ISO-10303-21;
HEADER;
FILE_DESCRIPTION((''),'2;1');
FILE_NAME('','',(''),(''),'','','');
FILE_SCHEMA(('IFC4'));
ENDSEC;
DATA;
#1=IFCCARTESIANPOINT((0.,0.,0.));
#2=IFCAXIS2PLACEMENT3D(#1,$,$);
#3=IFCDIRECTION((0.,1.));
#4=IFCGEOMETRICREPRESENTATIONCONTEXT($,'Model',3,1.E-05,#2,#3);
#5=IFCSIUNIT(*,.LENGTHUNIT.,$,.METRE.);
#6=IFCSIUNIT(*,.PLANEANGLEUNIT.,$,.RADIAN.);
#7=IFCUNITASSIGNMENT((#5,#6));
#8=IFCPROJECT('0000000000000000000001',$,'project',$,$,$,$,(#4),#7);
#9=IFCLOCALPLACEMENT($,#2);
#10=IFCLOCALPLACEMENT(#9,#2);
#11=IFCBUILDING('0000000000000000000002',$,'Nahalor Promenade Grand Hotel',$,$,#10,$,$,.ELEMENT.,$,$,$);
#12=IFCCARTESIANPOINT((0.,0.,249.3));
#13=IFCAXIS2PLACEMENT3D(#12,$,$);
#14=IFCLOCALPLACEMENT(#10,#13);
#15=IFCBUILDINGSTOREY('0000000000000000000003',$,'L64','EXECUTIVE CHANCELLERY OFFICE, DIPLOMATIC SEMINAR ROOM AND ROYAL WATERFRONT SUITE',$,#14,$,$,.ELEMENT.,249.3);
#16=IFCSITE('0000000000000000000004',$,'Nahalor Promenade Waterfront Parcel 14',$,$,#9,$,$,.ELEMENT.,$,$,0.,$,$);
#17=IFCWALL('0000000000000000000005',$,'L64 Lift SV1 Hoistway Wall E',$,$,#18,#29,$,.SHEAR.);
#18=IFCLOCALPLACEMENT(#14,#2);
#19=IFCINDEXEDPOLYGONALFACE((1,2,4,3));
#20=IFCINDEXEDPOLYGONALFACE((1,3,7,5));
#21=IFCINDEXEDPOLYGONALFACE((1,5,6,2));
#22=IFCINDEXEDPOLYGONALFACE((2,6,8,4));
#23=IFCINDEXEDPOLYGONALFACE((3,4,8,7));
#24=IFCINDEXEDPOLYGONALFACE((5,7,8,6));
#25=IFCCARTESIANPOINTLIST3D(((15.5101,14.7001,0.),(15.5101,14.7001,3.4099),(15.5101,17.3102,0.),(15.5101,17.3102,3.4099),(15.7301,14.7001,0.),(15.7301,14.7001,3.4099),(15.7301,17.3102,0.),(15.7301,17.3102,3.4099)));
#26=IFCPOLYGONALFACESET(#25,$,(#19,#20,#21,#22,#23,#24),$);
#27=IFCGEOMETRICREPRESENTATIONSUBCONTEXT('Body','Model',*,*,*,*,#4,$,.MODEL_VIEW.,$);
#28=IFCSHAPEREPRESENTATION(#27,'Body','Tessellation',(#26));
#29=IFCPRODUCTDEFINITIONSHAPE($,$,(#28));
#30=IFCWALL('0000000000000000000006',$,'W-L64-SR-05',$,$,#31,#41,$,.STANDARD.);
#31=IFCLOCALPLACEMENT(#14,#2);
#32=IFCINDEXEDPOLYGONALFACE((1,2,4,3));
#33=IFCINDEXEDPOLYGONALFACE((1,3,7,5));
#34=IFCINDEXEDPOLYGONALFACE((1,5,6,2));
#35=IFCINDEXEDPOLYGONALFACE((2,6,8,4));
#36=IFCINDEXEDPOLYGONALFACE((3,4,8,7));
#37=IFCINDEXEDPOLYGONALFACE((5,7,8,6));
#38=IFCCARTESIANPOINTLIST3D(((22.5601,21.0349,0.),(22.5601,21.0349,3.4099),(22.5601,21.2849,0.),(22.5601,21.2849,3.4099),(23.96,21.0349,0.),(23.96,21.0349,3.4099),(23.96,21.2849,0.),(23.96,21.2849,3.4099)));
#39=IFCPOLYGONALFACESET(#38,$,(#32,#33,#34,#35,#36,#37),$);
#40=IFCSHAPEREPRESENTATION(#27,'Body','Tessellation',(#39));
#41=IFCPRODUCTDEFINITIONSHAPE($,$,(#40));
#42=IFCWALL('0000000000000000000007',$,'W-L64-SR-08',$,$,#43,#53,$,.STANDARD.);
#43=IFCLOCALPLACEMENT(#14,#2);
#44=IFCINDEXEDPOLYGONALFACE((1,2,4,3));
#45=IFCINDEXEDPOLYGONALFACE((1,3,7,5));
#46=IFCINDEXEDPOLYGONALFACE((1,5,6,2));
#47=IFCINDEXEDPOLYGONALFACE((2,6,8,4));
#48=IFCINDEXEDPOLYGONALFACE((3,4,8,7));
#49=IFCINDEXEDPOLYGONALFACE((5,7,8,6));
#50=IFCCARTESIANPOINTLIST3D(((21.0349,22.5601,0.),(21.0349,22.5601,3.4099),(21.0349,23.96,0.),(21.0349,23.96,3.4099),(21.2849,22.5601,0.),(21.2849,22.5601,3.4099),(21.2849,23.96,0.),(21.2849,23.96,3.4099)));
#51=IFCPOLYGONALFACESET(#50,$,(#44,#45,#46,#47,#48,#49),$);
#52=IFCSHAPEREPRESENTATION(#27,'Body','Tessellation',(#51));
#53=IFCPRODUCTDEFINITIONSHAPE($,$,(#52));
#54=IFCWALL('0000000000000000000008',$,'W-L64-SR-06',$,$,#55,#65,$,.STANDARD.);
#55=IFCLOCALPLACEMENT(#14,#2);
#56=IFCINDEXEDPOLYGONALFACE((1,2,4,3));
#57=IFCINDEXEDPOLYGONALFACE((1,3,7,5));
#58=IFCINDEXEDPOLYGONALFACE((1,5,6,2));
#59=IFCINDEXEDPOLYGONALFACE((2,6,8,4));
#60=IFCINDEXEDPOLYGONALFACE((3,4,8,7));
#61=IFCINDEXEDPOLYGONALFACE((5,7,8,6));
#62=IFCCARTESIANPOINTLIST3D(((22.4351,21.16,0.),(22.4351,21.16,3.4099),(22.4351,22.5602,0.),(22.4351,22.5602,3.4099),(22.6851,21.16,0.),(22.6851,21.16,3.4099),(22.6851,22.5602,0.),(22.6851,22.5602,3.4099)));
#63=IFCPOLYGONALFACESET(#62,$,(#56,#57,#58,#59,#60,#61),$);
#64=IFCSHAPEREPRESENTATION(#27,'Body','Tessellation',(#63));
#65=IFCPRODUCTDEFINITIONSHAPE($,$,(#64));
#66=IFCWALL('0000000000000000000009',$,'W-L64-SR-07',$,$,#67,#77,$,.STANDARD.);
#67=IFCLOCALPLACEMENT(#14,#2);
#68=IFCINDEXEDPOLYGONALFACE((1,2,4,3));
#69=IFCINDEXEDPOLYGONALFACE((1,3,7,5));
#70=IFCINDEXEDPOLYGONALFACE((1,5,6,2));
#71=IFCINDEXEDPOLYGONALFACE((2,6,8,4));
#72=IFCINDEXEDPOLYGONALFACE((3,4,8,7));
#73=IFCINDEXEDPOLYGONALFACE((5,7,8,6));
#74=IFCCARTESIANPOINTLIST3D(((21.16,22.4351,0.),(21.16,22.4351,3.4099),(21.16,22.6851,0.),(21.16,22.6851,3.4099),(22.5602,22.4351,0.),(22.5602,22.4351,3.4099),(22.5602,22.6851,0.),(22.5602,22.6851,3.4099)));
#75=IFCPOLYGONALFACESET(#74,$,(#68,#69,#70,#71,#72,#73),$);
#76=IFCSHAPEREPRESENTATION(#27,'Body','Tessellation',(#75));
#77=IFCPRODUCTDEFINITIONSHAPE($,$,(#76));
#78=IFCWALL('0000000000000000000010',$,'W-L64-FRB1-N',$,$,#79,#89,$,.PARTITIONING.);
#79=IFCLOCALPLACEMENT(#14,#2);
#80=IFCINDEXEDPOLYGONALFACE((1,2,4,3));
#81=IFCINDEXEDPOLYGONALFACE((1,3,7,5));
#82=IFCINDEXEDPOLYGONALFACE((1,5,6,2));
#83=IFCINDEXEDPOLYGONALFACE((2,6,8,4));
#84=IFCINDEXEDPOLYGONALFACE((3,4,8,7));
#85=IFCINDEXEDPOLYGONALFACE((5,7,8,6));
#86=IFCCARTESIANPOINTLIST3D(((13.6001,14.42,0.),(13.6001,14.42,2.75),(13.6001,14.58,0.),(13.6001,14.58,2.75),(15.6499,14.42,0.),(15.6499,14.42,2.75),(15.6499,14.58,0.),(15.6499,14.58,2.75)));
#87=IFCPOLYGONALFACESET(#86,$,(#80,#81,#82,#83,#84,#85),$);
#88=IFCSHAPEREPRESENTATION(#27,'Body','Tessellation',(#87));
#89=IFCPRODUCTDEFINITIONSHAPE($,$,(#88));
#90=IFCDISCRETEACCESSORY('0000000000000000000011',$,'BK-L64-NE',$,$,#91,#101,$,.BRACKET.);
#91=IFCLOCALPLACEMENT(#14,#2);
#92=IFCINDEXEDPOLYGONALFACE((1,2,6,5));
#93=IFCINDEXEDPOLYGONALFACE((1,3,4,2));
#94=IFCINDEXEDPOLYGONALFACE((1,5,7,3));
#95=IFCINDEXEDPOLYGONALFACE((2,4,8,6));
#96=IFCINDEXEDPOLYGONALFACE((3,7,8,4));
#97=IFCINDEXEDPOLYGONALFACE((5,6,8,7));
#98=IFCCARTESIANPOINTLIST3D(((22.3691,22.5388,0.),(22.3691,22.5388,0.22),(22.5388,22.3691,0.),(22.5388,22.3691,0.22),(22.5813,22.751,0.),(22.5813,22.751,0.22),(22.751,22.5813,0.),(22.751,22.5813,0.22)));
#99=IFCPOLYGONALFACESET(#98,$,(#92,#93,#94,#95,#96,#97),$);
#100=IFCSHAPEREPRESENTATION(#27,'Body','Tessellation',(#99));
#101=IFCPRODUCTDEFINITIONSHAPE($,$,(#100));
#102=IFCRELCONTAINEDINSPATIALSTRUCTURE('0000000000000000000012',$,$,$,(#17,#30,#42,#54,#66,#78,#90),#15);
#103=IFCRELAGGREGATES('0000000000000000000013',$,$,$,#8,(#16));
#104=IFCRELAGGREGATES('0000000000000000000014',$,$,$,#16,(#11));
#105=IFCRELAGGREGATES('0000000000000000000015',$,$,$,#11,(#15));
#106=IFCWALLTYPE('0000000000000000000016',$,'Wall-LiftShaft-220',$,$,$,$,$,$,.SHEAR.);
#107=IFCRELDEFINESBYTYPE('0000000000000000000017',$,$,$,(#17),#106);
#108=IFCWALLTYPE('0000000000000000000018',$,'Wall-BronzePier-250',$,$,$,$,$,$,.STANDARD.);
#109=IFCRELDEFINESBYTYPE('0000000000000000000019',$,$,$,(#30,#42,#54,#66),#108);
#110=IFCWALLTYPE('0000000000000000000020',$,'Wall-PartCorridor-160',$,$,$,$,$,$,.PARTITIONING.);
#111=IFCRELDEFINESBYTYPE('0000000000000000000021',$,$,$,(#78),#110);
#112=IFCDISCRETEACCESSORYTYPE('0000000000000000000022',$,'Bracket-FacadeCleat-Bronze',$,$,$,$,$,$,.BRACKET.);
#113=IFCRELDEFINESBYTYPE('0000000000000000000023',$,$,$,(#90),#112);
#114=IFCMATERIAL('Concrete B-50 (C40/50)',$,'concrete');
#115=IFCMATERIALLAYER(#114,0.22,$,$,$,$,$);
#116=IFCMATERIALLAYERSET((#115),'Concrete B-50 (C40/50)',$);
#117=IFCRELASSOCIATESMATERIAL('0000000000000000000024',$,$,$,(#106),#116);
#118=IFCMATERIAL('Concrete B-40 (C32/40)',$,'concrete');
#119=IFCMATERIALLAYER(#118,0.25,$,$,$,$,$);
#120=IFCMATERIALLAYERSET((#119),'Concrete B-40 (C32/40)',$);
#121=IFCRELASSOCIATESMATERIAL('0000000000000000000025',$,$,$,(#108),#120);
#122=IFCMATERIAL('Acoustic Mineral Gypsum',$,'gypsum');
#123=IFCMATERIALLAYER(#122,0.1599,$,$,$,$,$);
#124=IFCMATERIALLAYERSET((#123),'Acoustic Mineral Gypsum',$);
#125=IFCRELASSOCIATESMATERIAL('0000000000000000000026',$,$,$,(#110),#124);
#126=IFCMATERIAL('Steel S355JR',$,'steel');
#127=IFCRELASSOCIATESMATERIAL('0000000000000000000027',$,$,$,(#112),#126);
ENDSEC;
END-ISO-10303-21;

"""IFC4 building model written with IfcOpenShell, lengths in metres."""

from ifc_helpers import new_model, si_unit, direction, frame, frame_2d, origin, origin_2d, place, context, subcontext, project, spatial, rectangle, extrude, source, transform, mapped, material, layer, layer_set, type_object, element, save


model = new_model("IFC4")

# Units and contexts
model_context = context("Model", 3, precision=1e-05, world=origin(), true_north=direction((0.0, 1.0)))
body_context = subcontext(model_context, "Body", "Model", "MODEL_VIEW")
ifc_project = project(units=[si_unit("LENGTHUNIT", "METRE"), si_unit("PLANEANGLEUNIT", "RADIAN")], contexts=[model_context])

# Site, building, storey
site_placement = place(None, origin())
site = spatial("IfcSite", under=ifc_project, at=site_placement, Name="Nahalor Promenade Waterfront Parcel 14", CompositionType="ELEMENT", RefElevation=0.0)
building_placement = place(site_placement, origin())
building = spatial("IfcBuilding", under=site, at=building_placement, Name="Nahalor Promenade Grand Hotel", CompositionType="ELEMENT")
storey_placement = place(building_placement, frame((0.0, 0.0, 249.3)))
storey = spatial("IfcBuildingStorey", under=building, at=storey_placement, Name="L64", Description="EXECUTIVE CHANCELLERY OFFICE, DIPLOMATIC SEMINAR ROOM AND ROYAL WATERFRONT SUITE", CompositionType="ELEMENT", Elevation=249.3)

# Shared definitions
ifc_material_1 = material(Name="Steel S355JR", Category="steel")

# Shared definitions
ifc_material_2 = material(Name="Concrete B-50 (C40/50)", Category="concrete")
ifc_layer_1 = layer(ifc_material_2, 0.22)
ifc_layer_set_1 = layer_set([ifc_layer_1], Name="Concrete B-50 (C40/50)")
wall_type_1 = type_object("IfcWallType", Name="Wall-LiftShaft-220", PredefinedType="SHEAR", material=ifc_layer_set_1)

# Shared definitions
shared_shape_1 = source(origin(), body_context, "Body", "SweptSolid", [
    extrude(rectangle(XDim=2.6101, YDim=0.22, at=frame_2d((1.3052, 0.0))), origin(), (0.0, 0.0, 1.0), 3.4099),
])

# Walls
wall_1_placement = place(storey_placement, frame((15.6201, 14.7, 0.0), z_axis=(0.0, 0.0, 1.0), x_axis=(0.0, 1.0, 0.0)))
element("IfcWall", 1, at=wall_1_placement, inside=storey, type_object=wall_type_1, Name="L64 Lift SV1 Hoistway Wall E", PredefinedType="SHEAR", context=body_context, shape_type="MappedRepresentation", body=[
    mapped(shared_shape_1, transform((0.0, 0.0, 0.0), scale=1.0)),
])
ifc_material_3 = material(Name="Concrete B-40 (C32/40)", Category="concrete")
ifc_layer_2 = layer(ifc_material_3, 0.25)
ifc_layer_set_2 = layer_set([ifc_layer_2], Name="Concrete B-40 (C32/40)")
wall_type_2 = type_object("IfcWallType", Name="Wall-BronzePier-250", PredefinedType="STANDARD", material=ifc_layer_set_2)
shared_shape_2 = source(origin(), body_context, "Body", "SweptSolid", [
    extrude(rectangle(XDim=1.3999, YDim=0.25, at=frame_2d((0.7, 0.0))), origin(), (0.0, 0.0, 1.0), 3.4099),
])
for number, where, z_axis, x_axis, name in (
    (2, (22.5601, 21.1599, 0.0), (0.0, 0.0, 1.0), (1.0, 0.0, 0.0), "W-L64-SR-05"),
    (3, (21.1599, 22.5601, 0.0), (0.0, 0.0, 1.0), (0.0, 1.0, 0.0), "W-L64-SR-08"),
):
    element("IfcWall", number, at=place(storey_placement, frame(where, z_axis=z_axis, x_axis=x_axis)), inside=storey, type_object=wall_type_2, Name=name, PredefinedType="STANDARD", context=body_context, shape_type="MappedRepresentation", body=[
        mapped(shared_shape_2, transform((0.0, 0.0, 0.0), scale=1.0)),
    ])
shared_shape_3 = source(origin(), body_context, "Body", "SweptSolid", [
    extrude(rectangle(XDim=1.4001, YDim=0.25, at=frame_2d((0.7002, 0.0))), origin(), (0.0, 0.0, 1.0), 3.4099),
])
for number, where, z_axis, x_axis, name in (
    (4, (22.5601, 21.1599, 0.0), (0.0, 0.0, 1.0), (0.0, 1.0, 0.0), "W-L64-SR-06"),
    (5, (21.1599, 22.5601, 0.0), (0.0, 0.0, 1.0), (1.0, 0.0, 0.0), "W-L64-SR-07"),
):
    element("IfcWall", number, at=place(storey_placement, frame(where, z_axis=z_axis, x_axis=x_axis)), inside=storey, type_object=wall_type_2, Name=name, PredefinedType="STANDARD", context=body_context, shape_type="MappedRepresentation", body=[
        mapped(shared_shape_3, transform((0.0, 0.0, 0.0), scale=1.0)),
    ])
ifc_material_4 = material(Name="Acoustic Mineral Gypsum", Category="gypsum")
ifc_layer_3 = layer(ifc_material_4, 0.1599)
ifc_layer_set_3 = layer_set([ifc_layer_3], Name="Acoustic Mineral Gypsum")
wall_type_3 = type_object("IfcWallType", Name="Wall-PartCorridor-160", PredefinedType="PARTITIONING", material=ifc_layer_set_3)
shared_shape_4 = source(origin(), body_context, "Body", "SweptSolid", [
    extrude(rectangle(XDim=2.0498, YDim=0.1599, at=frame_2d((1.0249, 0.0))), origin(), (0.0, 0.0, 1.0), 2.75),
])
wall_2_placement = place(storey_placement, frame((13.6001, 14.5, 0.0), z_axis=(0.0, 0.0, 1.0), x_axis=(1.0, 0.0, 0.0)))
element("IfcWall", 6, at=wall_2_placement, inside=storey, type_object=wall_type_3, Name="W-L64-FRB1-N", PredefinedType="PARTITIONING", context=body_context, shape_type="MappedRepresentation", body=[
    mapped(shared_shape_4, transform((0.0, 0.0, 0.0), scale=1.0)),
])

# Discrete accessory
discrete_accessory_type = type_object("IfcDiscreteAccessoryType", Name="Bracket-FacadeCleat-Bronze", PredefinedType="BRACKET", material=ifc_material_1)
shared_shape_5 = source(origin(), body_context, "Body", "SweptSolid", [
    extrude(rectangle(XDim=0.3, YDim=0.24, at=origin_2d()), origin(), (0.0, 0.0, 1.0), 0.22),
])
discrete_accessory_placement = place(storey_placement, frame((22.5601, 22.5601, 0.0), z_axis=(0.0, 0.0, 1.0), x_axis=(0.707107, 0.707107, 0.0)))
element("IfcDiscreteAccessory", 7, at=discrete_accessory_placement, inside=storey, type_object=discrete_accessory_type, Name="BK-L64-NE", PredefinedType="BRACKET", context=body_context, shape_type="MappedRepresentation", body=[
    mapped(shared_shape_5, transform((0.0, 0.0, 0.0), scale=1.0)),
])

save(model, "model.ifc")
